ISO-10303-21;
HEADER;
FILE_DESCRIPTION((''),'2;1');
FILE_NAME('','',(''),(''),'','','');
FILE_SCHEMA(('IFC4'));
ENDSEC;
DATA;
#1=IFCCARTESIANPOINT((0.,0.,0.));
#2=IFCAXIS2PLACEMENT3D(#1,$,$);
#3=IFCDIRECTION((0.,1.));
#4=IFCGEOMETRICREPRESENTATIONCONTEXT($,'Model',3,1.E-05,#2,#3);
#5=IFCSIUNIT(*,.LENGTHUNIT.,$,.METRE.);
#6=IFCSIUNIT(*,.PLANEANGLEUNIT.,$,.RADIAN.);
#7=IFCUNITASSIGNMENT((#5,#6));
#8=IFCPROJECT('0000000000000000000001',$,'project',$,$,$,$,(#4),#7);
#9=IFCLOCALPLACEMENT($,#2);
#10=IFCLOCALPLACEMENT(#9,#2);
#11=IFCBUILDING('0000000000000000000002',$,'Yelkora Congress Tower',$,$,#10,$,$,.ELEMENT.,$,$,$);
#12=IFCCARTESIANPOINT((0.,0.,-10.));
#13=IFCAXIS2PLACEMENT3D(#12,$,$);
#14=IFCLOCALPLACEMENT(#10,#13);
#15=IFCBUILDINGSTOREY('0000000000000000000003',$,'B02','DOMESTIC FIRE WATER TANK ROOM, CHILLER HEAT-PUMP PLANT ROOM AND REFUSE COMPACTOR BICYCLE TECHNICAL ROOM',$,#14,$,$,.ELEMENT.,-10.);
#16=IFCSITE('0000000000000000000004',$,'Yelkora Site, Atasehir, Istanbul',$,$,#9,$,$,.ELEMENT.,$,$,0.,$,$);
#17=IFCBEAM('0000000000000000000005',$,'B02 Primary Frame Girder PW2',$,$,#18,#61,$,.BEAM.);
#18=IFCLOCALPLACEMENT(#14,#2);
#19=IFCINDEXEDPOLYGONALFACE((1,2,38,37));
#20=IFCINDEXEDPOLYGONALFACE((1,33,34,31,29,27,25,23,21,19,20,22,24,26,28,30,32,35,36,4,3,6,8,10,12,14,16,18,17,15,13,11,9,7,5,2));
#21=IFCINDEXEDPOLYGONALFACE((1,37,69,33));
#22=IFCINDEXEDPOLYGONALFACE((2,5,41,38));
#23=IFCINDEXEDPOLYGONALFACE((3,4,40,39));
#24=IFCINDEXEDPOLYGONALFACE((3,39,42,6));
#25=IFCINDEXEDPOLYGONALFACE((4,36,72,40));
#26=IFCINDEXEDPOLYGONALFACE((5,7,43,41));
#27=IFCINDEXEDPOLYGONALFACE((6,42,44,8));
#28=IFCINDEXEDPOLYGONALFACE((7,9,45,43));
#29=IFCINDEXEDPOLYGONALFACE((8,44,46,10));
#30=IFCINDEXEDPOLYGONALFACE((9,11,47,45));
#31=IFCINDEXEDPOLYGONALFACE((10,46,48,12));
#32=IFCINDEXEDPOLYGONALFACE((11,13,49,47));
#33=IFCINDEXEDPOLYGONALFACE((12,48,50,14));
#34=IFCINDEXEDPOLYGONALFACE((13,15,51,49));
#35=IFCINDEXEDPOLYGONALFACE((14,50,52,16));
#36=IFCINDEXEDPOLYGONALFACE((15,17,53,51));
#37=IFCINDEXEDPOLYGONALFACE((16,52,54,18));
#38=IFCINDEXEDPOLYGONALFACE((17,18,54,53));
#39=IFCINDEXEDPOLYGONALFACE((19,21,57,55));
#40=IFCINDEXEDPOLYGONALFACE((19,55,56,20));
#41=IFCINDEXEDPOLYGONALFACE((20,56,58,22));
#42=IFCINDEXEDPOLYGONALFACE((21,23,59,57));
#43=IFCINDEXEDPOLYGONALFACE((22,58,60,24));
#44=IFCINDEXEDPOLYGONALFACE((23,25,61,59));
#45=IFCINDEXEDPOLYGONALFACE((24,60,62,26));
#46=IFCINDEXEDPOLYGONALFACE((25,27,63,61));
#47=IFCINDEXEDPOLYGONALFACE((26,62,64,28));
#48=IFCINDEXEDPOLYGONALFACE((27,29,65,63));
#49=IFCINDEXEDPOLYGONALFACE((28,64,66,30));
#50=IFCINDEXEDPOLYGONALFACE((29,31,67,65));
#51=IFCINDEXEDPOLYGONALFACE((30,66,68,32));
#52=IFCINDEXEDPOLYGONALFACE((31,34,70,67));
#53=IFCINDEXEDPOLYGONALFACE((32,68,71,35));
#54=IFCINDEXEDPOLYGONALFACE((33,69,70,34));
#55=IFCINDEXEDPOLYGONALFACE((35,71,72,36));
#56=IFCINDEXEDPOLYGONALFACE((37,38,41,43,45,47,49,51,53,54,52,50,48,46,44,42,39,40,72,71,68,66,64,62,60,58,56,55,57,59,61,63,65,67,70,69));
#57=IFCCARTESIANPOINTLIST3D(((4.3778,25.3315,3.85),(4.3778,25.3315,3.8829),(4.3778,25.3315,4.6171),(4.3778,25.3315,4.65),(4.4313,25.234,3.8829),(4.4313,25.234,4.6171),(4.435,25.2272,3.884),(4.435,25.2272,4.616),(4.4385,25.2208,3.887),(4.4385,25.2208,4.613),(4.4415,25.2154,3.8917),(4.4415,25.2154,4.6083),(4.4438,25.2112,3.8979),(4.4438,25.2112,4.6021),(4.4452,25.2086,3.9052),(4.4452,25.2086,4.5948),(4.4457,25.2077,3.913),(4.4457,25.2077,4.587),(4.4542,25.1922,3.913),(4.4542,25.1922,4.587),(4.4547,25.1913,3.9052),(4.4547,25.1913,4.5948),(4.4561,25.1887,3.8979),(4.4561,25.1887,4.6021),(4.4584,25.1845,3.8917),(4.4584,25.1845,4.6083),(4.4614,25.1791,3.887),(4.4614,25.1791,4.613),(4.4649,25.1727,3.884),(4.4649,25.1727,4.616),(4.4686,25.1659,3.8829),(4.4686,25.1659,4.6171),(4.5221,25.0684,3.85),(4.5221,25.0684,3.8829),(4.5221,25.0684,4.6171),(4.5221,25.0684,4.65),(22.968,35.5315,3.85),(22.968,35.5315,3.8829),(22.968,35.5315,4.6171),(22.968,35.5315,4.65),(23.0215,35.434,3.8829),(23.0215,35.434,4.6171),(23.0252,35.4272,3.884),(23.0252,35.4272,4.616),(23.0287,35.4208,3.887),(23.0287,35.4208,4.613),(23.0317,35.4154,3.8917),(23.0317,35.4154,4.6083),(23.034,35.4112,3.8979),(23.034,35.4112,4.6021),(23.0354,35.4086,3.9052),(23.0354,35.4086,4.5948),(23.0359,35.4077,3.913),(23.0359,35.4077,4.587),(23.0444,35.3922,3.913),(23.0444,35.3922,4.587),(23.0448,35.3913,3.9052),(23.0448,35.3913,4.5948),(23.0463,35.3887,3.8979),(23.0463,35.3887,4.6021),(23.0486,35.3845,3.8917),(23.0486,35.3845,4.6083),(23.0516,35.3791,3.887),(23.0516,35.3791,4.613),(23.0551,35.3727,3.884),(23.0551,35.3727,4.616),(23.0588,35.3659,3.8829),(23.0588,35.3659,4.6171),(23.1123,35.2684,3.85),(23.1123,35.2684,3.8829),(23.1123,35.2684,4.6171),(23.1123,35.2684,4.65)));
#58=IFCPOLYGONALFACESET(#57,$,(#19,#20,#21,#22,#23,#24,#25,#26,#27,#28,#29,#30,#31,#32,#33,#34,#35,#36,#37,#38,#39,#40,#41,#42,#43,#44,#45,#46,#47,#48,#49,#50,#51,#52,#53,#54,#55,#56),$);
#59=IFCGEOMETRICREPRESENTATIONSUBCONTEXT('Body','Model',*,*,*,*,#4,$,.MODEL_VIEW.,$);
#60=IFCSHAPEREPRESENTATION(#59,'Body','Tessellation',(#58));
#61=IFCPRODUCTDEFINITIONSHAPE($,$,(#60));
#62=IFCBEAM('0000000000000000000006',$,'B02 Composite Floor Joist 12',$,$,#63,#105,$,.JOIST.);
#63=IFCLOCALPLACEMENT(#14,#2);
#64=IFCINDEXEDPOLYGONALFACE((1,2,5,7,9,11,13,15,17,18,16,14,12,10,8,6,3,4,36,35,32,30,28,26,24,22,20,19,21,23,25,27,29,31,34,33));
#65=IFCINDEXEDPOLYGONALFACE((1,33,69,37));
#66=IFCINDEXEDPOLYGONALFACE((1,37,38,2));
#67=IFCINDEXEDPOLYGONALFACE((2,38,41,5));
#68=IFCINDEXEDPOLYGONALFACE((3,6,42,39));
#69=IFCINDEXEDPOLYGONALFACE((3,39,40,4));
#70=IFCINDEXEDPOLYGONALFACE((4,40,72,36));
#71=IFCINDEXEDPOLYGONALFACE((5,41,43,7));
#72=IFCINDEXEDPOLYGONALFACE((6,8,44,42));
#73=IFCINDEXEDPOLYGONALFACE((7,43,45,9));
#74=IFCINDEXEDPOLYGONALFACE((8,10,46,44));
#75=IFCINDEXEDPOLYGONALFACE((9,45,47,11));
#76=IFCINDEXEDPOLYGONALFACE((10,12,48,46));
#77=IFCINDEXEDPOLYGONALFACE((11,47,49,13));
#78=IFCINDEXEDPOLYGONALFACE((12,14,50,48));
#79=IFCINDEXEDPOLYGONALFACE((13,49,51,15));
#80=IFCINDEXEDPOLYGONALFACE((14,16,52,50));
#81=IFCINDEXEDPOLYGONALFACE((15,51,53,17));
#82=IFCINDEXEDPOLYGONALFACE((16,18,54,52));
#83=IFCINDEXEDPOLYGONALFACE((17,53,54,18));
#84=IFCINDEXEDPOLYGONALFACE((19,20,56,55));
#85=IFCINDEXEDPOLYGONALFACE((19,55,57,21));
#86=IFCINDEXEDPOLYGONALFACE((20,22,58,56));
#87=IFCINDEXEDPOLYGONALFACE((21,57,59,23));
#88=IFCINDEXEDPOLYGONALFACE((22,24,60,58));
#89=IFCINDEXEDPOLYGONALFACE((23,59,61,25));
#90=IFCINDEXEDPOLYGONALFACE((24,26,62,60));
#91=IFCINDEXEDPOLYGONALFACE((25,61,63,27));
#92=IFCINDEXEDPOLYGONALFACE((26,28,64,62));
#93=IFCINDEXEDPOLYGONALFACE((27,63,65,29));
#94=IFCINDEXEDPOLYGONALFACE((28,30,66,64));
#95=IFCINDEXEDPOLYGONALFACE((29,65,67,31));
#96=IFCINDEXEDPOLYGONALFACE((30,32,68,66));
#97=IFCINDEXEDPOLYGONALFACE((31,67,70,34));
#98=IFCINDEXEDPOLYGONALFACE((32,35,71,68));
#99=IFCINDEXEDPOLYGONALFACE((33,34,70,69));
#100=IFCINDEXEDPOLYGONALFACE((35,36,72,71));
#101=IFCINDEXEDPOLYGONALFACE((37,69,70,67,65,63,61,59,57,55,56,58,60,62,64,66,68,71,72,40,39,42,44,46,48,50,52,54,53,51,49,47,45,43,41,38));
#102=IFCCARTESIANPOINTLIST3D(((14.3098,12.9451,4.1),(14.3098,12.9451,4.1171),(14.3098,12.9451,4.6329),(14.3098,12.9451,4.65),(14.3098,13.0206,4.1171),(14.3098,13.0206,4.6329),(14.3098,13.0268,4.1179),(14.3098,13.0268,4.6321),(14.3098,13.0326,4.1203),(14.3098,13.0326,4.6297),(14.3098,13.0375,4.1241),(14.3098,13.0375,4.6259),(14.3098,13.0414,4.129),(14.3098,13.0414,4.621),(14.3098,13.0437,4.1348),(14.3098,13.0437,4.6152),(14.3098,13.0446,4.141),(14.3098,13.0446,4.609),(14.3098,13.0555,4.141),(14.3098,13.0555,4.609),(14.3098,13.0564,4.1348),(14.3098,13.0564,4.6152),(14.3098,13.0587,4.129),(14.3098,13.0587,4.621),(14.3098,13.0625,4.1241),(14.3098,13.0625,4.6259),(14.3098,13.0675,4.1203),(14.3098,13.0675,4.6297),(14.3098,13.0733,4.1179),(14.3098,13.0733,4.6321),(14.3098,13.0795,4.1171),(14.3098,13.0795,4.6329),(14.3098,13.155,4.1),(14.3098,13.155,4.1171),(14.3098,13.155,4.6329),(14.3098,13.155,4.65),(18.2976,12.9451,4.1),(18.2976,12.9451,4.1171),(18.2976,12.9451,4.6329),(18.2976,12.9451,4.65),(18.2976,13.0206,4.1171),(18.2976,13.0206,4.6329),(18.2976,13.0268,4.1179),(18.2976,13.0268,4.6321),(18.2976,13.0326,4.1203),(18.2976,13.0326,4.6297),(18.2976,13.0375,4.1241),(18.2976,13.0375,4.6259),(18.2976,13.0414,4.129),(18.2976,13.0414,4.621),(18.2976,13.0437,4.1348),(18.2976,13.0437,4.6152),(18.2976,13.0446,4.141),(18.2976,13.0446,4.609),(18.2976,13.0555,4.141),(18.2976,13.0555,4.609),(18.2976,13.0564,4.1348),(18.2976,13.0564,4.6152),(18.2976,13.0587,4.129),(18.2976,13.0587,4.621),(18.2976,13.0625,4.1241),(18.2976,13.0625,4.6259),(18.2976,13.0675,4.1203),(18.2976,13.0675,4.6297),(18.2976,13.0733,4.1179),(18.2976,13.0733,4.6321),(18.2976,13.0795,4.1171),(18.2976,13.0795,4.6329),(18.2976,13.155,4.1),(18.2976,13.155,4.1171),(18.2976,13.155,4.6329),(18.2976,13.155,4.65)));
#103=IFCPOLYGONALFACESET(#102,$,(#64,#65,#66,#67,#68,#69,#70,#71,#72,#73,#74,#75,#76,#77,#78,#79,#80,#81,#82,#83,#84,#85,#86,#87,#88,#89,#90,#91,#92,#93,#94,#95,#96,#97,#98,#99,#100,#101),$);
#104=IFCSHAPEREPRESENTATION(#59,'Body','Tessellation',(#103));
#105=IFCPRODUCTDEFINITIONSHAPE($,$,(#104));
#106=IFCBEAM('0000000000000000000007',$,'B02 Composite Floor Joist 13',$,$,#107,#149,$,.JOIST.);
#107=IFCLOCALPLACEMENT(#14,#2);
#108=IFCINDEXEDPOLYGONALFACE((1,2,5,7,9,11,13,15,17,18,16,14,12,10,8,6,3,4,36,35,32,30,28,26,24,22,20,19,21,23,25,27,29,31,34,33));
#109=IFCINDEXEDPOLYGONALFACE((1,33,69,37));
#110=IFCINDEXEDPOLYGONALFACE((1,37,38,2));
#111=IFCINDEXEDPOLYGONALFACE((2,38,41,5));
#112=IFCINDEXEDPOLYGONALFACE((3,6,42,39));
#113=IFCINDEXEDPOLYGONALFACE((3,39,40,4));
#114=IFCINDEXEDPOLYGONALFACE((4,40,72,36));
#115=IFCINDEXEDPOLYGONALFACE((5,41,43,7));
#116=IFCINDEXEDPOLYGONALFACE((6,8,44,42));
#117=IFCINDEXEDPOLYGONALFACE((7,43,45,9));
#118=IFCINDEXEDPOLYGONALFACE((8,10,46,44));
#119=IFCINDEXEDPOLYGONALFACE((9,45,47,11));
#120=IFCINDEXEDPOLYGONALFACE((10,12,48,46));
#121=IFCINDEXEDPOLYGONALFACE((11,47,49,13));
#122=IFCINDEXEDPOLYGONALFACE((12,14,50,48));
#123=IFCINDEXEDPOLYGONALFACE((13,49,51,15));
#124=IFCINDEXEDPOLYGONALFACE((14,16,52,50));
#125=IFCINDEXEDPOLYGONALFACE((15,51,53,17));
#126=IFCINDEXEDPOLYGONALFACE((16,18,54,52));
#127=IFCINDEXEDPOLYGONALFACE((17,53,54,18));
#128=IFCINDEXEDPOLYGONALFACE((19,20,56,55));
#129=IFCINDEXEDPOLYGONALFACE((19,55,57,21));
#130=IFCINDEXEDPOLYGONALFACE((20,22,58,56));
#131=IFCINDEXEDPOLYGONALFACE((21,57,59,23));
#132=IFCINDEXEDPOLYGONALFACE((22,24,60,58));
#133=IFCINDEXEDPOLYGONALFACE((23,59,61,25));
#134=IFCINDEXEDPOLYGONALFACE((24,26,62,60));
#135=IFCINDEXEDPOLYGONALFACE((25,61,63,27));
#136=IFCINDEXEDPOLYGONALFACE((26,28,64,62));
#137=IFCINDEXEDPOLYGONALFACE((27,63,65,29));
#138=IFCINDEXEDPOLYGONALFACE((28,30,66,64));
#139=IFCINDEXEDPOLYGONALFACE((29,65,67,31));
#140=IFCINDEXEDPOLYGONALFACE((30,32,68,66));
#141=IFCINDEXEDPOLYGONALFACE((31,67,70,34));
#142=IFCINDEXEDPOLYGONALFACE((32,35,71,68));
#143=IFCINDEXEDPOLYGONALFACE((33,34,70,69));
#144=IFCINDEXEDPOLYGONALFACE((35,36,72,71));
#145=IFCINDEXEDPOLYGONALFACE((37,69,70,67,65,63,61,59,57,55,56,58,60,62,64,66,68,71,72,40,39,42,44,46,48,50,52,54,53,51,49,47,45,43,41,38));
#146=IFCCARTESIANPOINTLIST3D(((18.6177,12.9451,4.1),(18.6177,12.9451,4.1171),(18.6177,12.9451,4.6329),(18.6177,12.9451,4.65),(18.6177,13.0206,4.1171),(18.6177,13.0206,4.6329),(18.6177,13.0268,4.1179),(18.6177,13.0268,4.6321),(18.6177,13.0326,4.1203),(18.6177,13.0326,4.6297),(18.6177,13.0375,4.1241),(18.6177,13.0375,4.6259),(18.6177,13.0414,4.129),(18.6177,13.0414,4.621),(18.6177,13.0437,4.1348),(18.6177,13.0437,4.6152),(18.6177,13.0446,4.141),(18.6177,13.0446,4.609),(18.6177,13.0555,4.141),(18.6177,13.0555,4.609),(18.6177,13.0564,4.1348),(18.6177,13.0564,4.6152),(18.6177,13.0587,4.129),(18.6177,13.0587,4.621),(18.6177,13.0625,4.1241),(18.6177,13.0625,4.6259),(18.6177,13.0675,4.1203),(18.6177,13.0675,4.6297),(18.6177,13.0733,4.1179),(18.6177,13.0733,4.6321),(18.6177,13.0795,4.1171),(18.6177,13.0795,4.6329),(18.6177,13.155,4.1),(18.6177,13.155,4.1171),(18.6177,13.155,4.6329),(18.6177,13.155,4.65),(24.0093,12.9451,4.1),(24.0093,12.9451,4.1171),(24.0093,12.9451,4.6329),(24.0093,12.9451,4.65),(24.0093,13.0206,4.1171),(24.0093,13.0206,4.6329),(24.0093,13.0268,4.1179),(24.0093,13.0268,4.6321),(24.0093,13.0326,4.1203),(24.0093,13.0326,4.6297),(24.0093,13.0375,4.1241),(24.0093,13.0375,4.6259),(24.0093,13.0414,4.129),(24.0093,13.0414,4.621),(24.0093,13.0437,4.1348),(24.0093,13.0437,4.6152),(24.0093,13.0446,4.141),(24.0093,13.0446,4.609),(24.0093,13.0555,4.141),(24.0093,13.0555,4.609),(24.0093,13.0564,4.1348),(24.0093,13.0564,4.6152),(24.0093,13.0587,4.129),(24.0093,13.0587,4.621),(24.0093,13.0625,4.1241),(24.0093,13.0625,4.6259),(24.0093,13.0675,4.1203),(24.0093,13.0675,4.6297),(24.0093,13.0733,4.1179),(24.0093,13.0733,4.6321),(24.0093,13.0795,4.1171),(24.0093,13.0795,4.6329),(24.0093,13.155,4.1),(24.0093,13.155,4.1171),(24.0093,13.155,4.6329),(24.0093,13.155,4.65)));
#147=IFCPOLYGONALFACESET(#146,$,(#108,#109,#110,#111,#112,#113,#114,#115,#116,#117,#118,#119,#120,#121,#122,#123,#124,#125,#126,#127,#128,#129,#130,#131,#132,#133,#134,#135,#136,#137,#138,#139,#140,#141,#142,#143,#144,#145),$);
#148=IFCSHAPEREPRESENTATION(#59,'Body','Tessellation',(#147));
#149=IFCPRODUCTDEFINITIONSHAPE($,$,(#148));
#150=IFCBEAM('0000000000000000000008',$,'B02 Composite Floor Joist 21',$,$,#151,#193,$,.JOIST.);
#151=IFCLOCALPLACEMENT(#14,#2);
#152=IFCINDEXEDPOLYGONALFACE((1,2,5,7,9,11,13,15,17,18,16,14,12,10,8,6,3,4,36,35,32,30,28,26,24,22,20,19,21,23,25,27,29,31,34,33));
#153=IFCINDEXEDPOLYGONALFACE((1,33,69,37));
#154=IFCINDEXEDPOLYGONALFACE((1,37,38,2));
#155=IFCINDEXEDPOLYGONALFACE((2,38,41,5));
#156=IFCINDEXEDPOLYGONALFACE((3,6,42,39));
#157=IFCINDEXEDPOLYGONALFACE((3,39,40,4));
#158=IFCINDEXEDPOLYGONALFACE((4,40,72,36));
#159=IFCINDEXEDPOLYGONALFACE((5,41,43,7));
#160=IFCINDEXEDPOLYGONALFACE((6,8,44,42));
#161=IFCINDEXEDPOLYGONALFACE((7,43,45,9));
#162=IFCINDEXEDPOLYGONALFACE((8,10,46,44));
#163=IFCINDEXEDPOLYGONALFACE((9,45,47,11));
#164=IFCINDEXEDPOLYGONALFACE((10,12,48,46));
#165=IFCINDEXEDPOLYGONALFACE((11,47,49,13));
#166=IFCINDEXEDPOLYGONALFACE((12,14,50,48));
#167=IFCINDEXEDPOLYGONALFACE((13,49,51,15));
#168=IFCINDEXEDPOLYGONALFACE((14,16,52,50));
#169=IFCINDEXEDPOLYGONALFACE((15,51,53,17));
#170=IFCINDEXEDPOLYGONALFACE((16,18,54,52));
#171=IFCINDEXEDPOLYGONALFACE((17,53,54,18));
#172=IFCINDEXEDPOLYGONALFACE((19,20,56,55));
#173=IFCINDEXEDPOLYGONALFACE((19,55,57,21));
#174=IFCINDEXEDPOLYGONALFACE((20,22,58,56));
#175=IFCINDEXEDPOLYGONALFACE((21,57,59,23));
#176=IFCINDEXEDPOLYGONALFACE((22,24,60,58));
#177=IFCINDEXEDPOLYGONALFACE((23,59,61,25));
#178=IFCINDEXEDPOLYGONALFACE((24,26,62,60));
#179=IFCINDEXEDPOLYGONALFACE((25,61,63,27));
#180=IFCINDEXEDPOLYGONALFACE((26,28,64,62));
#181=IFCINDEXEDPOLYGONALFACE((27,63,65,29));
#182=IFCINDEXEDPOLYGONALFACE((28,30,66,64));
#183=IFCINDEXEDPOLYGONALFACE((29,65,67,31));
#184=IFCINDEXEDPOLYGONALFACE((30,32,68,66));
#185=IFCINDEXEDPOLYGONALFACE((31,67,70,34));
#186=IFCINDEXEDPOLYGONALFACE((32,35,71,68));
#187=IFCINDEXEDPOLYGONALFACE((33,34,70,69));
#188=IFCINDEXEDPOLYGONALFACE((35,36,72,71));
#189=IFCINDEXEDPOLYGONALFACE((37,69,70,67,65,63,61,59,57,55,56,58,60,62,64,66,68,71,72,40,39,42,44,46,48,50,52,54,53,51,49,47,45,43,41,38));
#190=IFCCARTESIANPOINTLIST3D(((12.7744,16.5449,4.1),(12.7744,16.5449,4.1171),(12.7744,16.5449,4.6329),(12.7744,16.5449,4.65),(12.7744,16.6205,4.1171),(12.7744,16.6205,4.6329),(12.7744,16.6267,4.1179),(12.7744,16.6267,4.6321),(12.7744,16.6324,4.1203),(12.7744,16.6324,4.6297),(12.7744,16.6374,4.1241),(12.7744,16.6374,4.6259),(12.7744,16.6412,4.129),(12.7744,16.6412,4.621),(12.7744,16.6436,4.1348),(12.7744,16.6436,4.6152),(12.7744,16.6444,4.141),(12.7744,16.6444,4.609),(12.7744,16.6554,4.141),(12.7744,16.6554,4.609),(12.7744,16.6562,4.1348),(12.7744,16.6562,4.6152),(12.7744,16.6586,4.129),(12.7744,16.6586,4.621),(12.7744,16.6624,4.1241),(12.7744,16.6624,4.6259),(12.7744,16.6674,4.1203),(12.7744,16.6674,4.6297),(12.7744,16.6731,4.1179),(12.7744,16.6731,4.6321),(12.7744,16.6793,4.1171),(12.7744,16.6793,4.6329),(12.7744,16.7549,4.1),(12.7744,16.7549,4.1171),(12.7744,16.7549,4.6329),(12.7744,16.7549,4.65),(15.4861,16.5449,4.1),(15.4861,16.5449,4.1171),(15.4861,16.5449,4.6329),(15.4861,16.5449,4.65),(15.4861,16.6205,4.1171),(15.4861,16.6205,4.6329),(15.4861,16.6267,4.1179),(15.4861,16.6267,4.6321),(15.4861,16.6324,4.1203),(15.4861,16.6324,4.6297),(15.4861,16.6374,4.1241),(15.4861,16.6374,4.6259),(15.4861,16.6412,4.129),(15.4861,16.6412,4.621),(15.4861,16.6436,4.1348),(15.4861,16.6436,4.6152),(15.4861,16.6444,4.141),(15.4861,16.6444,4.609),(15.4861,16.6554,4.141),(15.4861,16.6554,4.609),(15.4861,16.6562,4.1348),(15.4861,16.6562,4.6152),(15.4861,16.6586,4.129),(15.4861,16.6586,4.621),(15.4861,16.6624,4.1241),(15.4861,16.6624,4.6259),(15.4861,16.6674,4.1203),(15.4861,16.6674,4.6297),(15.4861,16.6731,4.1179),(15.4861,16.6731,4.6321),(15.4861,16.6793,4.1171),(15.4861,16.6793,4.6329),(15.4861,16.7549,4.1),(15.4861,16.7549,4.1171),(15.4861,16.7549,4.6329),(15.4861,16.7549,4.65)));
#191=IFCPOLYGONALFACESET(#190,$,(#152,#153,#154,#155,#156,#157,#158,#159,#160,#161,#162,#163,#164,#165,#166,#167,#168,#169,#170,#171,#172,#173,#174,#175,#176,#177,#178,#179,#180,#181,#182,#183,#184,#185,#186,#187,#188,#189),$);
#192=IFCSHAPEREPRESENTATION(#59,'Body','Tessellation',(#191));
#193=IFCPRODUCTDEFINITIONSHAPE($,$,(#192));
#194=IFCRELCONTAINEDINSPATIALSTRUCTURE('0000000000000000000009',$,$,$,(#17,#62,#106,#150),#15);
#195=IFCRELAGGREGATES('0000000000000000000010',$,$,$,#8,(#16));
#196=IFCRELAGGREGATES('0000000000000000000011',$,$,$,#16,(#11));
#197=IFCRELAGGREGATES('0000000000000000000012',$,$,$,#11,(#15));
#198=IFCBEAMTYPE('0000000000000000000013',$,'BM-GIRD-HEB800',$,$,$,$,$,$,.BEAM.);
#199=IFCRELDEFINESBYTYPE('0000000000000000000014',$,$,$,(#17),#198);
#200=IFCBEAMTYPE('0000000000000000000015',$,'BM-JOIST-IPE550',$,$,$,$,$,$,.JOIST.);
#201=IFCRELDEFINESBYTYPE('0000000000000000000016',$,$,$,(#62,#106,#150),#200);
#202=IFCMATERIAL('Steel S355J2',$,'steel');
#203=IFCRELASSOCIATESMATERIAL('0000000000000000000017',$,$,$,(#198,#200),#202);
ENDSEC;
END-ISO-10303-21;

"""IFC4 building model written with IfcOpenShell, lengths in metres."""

from ifc_helpers import new_model, si_unit, direction, frame, origin, origin_2d, place, context, subcontext, project, spatial, i_section, extrude, material, material_profile, profile_set, type_object, element, save


model = new_model("IFC4")

# Units and contexts
model_context = context("Model", 3, precision=1e-05, world=origin(), true_north=direction((0.0, 1.0)))
body_context = subcontext(model_context, "Body", "Model", "MODEL_VIEW")
ifc_project = project(units=[si_unit("LENGTHUNIT", "METRE"), si_unit("PLANEANGLEUNIT", "RADIAN")], contexts=[model_context])

# Site, building, storey
site_placement = place(None, origin())
site = spatial("IfcSite", under=ifc_project, at=site_placement, Name="Yelkora Site, Atasehir, Istanbul", CompositionType="ELEMENT", RefElevation=0.0)
building_placement = place(site_placement, origin())
building = spatial("IfcBuilding", under=site, at=building_placement, Name="Yelkora Congress Tower", CompositionType="ELEMENT")
storey_placement = place(building_placement, frame((0.0, 0.0, -10.0)))
storey = spatial("IfcBuildingStorey", under=building, at=storey_placement, Name="B02", Description="DOMESTIC FIRE WATER TANK ROOM, CHILLER HEAT-PUMP PLANT ROOM AND REFUSE COMPACTOR BICYCLE TECHNICAL ROOM", CompositionType="ELEMENT", Elevation=-10.0)

# Beams
ifc_material_1 = material(Name="Steel S355J2", Category="steel")
ifc_material_profile_1 = material_profile(ifc_material_1, i_section(OverallWidth=0.3, OverallDepth=0.8, WebThickness=0.0176, FlangeThickness=0.033, FilletRadius=0.03, at=origin_2d()), Name="HEB 800")
ifc_profile_set_1 = profile_set([ifc_material_profile_1], Name="Steel S355J2")
beam_type_1 = type_object("IfcBeamType", Name="BM-GIRD-HEB800", PredefinedType="BEAM", material=ifc_profile_set_1)
beam_1_placement = place(storey_placement, frame((4.45, 25.2, 4.25), z_axis=(0.876705, 0.481028, 0.0), x_axis=(-0.481028, 0.876705, 0.0)))
element("IfcBeam", 1, at=beam_1_placement, inside=storey, type_object=beam_type_1, Name="B02 Primary Frame Girder PW2", PredefinedType="BEAM", context=body_context, shape_type="SweptSolid", body=[
    extrude(i_section(OverallWidth=0.3, OverallDepth=0.8, WebThickness=0.0176, FlangeThickness=0.033, FilletRadius=0.03, at=origin_2d()), origin(), (0.0, 0.0, 1.0), 21.2046),
])
ifc_material_profile_2 = material_profile(ifc_material_1, i_section(OverallWidth=0.21, OverallDepth=0.55, WebThickness=0.011, FlangeThickness=0.0171, FilletRadius=0.0239, at=origin_2d()), Name="IPE 550")
ifc_profile_set_2 = profile_set([ifc_material_profile_2], Name="Steel S355J2")
beam_type_2 = type_object("IfcBeamType", Name="BM-JOIST-IPE550", PredefinedType="JOIST", material=ifc_profile_set_2)
beam_2_placement = place(storey_placement, frame((14.3098, 13.05, 4.375), z_axis=(1.0, 0.0, 0.0), x_axis=(0.0, 1.0, 0.0)))
element("IfcBeam", 2, at=beam_2_placement, inside=storey, type_object=beam_type_2, Name="B02 Composite Floor Joist 12", PredefinedType="JOIST", context=body_context, shape_type="SweptSolid", body=[
    extrude(i_section(OverallWidth=0.21, OverallDepth=0.55, WebThickness=0.011, FlangeThickness=0.0171, FilletRadius=0.0239, at=origin_2d()), origin(), (0.0, 0.0, 1.0), 3.9878),
])
beam_3_placement = place(storey_placement, frame((18.6177, 13.05, 4.375), z_axis=(1.0, 0.0, 0.0), x_axis=(0.0, 1.0, 0.0)))
element("IfcBeam", 3, at=beam_3_placement, inside=storey, type_object=beam_type_2, Name="B02 Composite Floor Joist 13", PredefinedType="JOIST", context=body_context, shape_type="SweptSolid", body=[
    extrude(i_section(OverallWidth=0.21, OverallDepth=0.55, WebThickness=0.011, FlangeThickness=0.0171, FilletRadius=0.0239, at=origin_2d()), origin(), (0.0, 0.0, 1.0), 5.3916),
])
beam_4_placement = place(storey_placement, frame((12.7744, 16.6499, 4.375), z_axis=(1.0, 0.0, 0.0), x_axis=(0.0, 1.0, 0.0)))
element("IfcBeam", 4, at=beam_4_placement, inside=storey, type_object=beam_type_2, Name="B02 Composite Floor Joist 21", PredefinedType="JOIST", context=body_context, shape_type="SweptSolid", body=[
    extrude(i_section(OverallWidth=0.21, OverallDepth=0.55, WebThickness=0.011, FlangeThickness=0.0171, FilletRadius=0.0239, at=origin_2d()), origin(), (0.0, 0.0, 1.0), 2.7117),
])

save(model, "model.ifc")
